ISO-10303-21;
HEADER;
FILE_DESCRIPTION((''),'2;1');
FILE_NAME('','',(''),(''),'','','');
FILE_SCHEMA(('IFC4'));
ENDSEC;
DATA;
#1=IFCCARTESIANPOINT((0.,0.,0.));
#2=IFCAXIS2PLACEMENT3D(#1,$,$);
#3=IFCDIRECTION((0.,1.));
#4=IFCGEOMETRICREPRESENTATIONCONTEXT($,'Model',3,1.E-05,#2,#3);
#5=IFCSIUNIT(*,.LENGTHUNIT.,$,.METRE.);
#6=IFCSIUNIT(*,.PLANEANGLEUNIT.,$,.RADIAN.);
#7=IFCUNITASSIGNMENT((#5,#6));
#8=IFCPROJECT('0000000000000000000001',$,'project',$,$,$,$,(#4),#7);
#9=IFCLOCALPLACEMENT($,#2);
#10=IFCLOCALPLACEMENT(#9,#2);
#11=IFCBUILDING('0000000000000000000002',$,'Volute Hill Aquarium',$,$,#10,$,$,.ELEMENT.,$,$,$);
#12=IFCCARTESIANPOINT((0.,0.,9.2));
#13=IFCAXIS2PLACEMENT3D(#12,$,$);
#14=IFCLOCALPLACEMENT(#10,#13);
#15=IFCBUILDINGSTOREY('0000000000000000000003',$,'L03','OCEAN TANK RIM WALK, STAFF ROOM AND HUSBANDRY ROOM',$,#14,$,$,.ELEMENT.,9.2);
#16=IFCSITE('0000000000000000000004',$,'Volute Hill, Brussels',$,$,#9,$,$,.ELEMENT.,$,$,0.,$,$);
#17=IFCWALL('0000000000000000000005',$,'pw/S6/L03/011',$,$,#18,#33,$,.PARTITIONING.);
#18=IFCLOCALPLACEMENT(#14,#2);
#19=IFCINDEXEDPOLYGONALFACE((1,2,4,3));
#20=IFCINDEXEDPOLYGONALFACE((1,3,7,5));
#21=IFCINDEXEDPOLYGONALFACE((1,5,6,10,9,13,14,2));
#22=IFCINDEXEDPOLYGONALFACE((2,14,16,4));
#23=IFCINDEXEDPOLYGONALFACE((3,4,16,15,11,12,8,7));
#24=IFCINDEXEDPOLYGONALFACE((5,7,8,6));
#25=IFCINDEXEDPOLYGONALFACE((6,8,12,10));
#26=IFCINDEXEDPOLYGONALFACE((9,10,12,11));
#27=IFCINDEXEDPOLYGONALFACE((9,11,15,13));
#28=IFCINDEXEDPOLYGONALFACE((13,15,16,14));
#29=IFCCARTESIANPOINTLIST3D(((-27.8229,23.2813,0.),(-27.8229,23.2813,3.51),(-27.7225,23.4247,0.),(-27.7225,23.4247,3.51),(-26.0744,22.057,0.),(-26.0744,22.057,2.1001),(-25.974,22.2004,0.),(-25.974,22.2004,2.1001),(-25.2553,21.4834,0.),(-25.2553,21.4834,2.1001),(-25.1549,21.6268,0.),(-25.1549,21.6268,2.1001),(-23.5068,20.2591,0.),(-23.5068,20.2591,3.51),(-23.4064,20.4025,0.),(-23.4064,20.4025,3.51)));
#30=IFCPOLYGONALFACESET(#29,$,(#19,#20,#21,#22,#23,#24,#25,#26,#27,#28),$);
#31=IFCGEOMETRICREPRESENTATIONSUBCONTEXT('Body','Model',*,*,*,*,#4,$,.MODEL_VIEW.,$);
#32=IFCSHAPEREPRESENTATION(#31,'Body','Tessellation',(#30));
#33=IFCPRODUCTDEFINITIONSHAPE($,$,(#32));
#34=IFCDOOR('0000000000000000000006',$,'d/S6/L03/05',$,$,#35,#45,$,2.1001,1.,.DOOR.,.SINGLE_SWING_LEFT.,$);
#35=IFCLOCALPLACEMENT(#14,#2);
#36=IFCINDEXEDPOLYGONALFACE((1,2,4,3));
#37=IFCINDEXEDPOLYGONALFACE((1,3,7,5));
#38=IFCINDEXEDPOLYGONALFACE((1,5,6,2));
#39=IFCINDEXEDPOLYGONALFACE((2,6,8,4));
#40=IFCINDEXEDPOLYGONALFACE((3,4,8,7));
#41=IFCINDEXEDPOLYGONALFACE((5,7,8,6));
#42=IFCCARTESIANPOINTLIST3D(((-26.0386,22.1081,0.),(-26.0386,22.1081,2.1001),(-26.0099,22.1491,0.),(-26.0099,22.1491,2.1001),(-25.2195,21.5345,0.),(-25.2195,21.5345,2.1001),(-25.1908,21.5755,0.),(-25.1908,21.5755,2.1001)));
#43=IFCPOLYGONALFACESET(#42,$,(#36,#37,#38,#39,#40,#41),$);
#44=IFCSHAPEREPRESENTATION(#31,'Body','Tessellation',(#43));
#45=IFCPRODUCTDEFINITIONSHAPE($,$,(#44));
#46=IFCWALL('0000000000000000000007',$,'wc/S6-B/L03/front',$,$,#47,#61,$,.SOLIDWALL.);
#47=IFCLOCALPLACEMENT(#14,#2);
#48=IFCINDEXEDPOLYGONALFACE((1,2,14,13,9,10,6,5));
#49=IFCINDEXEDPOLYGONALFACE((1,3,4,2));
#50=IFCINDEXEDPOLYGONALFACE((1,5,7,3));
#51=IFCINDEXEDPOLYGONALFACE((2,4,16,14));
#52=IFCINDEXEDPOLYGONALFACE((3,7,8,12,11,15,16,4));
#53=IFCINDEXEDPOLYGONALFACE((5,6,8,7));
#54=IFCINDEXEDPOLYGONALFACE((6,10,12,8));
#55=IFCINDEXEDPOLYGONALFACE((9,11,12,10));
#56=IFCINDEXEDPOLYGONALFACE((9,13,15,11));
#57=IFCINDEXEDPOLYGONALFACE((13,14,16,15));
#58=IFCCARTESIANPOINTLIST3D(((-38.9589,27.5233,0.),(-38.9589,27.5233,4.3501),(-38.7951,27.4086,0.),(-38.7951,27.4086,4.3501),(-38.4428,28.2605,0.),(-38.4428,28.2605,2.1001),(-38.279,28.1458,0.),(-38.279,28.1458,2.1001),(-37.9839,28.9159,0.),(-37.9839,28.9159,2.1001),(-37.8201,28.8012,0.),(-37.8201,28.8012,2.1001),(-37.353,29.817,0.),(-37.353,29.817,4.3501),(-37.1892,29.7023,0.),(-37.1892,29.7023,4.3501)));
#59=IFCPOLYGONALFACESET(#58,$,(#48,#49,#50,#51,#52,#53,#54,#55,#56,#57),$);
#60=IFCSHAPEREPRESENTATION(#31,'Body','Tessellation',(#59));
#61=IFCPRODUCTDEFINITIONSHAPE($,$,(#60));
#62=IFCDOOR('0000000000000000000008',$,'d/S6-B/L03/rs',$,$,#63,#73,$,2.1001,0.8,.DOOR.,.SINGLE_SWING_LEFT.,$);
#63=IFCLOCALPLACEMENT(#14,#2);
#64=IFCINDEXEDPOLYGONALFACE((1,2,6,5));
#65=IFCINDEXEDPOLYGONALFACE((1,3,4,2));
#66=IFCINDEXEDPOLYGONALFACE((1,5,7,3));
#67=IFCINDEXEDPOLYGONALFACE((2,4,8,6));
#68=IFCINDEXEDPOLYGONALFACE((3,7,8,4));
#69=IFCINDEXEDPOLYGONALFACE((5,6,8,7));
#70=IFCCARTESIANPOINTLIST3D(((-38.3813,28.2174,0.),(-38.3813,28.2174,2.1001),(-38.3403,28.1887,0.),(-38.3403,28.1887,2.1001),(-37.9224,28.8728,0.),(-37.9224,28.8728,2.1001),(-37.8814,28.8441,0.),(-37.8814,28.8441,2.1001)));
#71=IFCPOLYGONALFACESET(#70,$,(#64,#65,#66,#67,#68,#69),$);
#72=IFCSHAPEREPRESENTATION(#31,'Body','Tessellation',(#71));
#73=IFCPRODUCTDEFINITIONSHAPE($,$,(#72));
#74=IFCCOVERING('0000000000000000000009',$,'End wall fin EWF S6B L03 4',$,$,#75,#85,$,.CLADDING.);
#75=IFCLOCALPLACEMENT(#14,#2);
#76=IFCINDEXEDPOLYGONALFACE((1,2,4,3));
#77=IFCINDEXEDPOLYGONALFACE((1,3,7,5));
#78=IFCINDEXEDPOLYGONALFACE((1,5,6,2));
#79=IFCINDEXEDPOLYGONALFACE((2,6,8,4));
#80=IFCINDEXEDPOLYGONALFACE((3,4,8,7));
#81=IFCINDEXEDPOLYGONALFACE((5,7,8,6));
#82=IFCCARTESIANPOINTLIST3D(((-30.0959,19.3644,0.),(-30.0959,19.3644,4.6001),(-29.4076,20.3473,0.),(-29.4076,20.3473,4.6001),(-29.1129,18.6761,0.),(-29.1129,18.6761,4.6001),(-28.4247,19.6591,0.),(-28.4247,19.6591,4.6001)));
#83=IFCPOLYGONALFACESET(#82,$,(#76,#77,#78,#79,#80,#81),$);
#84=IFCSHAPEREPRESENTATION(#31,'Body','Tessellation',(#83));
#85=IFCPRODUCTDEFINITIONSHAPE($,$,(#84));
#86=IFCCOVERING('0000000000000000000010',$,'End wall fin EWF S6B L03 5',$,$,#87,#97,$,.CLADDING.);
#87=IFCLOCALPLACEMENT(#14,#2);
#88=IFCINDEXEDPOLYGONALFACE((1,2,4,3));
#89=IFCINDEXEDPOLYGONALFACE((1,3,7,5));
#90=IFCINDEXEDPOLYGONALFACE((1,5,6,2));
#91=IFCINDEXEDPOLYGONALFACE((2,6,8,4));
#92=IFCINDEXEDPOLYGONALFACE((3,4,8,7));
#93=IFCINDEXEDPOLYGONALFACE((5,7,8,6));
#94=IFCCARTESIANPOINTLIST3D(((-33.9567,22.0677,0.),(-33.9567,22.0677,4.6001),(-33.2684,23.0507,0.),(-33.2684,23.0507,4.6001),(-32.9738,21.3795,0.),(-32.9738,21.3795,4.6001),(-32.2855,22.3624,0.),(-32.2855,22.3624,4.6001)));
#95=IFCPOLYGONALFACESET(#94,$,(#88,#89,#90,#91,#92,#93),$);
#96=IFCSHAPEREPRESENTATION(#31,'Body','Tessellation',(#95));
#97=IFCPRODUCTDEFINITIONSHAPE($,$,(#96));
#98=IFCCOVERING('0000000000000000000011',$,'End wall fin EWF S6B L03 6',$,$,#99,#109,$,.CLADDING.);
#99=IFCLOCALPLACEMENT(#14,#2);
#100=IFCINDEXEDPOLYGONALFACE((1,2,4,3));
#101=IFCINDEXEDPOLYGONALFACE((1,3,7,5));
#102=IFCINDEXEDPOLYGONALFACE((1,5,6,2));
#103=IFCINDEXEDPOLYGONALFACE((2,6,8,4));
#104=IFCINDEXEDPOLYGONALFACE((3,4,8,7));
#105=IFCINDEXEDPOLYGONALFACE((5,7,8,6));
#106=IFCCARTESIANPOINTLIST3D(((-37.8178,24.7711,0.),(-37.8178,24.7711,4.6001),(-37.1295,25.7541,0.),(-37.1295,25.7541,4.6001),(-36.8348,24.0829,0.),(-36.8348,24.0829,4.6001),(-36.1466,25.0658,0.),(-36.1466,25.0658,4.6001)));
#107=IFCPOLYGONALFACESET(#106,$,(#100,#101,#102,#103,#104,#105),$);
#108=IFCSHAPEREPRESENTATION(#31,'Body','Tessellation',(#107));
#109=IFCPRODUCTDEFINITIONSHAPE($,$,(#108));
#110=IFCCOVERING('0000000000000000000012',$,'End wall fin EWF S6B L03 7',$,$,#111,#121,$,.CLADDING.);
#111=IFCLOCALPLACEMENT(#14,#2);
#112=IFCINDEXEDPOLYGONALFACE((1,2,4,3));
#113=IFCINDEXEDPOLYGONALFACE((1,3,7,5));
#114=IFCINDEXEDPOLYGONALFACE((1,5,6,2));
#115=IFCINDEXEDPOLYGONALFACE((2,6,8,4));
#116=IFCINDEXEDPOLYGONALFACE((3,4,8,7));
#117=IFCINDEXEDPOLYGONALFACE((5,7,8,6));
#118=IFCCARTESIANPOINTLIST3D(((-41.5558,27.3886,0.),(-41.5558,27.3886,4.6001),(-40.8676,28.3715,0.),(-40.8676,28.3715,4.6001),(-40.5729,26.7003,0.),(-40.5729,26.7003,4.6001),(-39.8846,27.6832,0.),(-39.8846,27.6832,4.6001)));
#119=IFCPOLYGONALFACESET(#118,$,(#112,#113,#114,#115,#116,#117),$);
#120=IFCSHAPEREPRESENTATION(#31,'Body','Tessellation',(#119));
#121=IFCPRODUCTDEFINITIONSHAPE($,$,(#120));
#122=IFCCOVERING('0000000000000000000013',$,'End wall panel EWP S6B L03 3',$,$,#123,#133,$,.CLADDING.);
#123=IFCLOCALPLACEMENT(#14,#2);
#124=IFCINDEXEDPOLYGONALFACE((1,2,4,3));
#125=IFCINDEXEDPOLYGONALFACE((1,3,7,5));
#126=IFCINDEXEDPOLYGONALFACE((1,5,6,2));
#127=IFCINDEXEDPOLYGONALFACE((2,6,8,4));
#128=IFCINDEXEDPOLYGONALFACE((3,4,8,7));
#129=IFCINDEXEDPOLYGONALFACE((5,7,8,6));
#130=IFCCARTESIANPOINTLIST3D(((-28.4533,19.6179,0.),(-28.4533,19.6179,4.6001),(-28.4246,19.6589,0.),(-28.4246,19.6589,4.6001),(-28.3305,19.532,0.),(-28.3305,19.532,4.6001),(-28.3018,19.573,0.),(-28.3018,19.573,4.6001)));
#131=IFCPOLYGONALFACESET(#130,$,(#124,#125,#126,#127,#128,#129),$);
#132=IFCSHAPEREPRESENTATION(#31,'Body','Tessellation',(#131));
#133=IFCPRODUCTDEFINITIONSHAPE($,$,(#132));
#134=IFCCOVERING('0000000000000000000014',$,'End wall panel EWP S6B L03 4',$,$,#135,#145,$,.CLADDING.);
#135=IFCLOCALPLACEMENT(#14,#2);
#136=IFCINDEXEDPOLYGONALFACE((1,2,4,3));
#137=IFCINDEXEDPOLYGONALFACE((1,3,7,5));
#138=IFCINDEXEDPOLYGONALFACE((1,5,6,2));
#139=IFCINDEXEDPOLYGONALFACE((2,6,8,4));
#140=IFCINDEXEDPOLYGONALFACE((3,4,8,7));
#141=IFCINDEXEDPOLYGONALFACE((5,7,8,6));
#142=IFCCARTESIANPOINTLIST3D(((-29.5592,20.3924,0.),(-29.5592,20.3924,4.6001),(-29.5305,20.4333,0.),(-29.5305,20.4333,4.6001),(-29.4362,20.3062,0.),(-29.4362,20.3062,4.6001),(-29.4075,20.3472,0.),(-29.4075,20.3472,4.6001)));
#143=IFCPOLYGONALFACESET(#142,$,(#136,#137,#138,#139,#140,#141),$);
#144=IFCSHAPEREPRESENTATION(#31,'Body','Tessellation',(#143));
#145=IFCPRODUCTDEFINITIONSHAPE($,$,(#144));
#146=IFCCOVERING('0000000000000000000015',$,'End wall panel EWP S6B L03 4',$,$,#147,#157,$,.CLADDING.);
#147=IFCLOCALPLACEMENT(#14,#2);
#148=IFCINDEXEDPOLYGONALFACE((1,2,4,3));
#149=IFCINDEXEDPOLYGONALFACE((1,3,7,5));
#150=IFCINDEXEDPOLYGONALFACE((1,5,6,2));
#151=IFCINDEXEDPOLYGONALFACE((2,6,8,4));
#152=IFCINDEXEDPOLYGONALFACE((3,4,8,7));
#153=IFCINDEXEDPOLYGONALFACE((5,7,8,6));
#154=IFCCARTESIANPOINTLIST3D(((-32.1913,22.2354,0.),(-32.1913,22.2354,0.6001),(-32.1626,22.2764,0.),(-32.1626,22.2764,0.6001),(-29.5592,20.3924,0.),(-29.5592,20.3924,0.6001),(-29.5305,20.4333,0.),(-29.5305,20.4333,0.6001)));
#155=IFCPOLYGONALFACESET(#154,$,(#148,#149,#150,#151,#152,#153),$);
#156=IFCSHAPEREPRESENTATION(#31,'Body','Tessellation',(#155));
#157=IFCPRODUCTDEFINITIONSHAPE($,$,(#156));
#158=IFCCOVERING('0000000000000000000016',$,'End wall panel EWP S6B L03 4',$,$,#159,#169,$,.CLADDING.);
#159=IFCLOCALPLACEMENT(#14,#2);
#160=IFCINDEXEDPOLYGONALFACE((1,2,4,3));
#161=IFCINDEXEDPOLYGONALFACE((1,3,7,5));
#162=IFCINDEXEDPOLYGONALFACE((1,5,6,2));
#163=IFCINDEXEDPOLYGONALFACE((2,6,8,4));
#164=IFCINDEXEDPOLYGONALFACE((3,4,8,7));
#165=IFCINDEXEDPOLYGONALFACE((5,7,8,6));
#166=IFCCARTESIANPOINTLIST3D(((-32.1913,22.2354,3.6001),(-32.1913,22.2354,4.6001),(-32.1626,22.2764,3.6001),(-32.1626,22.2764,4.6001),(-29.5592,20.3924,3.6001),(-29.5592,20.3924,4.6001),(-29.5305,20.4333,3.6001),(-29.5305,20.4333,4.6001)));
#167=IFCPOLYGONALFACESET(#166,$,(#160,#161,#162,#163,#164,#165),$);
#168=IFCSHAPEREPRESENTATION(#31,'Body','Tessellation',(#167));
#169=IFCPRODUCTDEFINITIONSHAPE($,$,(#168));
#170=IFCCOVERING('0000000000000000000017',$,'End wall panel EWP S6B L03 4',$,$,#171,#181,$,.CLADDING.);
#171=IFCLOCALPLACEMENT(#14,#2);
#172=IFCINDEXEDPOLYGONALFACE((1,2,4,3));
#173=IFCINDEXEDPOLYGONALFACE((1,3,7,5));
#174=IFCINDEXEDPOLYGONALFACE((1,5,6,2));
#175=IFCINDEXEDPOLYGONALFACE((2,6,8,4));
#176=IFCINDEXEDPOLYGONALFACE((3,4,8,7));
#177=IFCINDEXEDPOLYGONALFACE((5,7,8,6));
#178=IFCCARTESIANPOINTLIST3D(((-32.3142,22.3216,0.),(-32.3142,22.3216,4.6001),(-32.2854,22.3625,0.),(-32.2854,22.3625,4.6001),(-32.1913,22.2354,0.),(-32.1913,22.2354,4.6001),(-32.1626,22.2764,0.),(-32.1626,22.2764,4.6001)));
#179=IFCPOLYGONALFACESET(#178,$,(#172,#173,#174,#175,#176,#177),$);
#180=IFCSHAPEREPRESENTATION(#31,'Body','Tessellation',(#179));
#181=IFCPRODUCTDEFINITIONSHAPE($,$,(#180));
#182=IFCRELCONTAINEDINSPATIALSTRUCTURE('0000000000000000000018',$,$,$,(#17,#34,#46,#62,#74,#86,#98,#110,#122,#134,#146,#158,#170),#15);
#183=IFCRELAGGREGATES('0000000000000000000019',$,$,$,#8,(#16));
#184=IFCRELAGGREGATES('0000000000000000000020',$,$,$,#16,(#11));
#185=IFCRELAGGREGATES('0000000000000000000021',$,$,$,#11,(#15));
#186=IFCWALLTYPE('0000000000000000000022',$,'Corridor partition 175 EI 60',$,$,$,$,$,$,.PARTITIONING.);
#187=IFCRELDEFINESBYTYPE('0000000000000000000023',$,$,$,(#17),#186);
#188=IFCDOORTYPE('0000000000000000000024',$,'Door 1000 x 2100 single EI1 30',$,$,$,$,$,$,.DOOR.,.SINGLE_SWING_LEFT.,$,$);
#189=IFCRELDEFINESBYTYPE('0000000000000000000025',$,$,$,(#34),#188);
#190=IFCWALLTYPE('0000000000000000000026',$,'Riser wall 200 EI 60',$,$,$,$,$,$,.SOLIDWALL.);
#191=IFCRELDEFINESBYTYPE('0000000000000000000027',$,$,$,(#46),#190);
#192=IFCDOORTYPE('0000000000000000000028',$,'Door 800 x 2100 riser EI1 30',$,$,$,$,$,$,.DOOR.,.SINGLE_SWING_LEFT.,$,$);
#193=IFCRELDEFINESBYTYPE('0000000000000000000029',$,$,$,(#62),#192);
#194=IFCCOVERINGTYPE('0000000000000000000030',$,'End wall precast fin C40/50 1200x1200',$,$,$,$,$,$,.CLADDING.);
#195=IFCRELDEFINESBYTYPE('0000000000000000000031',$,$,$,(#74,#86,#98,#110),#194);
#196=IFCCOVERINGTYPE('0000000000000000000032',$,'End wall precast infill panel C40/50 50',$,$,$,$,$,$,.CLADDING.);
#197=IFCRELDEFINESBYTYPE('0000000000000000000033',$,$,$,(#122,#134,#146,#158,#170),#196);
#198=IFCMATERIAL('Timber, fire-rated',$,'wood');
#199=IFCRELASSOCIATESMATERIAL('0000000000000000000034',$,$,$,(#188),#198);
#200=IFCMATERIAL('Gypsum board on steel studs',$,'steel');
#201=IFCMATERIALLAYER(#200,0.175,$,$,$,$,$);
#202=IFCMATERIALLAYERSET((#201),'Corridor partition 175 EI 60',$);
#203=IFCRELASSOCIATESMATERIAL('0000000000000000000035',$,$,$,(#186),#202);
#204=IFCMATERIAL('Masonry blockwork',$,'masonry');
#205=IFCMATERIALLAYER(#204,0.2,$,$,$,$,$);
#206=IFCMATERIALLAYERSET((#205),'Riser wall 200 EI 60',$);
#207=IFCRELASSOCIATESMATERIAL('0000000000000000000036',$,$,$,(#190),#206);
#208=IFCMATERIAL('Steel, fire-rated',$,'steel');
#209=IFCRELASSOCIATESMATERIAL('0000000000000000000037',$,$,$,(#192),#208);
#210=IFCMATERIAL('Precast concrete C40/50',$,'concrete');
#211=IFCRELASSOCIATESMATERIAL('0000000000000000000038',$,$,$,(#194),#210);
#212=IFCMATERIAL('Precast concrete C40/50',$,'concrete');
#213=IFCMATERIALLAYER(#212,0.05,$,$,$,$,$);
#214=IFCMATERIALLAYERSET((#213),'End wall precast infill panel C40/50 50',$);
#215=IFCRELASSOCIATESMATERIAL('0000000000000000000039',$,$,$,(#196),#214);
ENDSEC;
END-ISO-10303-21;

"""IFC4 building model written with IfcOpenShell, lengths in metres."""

from ifc_helpers import new_model, si_unit, direction, frame, frame_2d, origin, origin_2d, place, context, subcontext, project, spatial, polyline, rectangle, outline, extrude, material, layer, layer_set, type_object, element, fill, save


model = new_model("IFC4")

# Units and contexts
model_context = context("Model", 3, precision=1e-05, world=origin(), true_north=direction((0.0, 1.0)))
body_context = subcontext(model_context, "Body", "Model", "MODEL_VIEW")
ifc_project = project(units=[si_unit("LENGTHUNIT", "METRE"), si_unit("PLANEANGLEUNIT", "RADIAN")], contexts=[model_context])

# Site, building, storey
site_placement = place(None, origin())
site = spatial("IfcSite", under=ifc_project, at=site_placement, Name="Volute Hill, Brussels", CompositionType="ELEMENT", RefElevation=0.0)
building_placement = place(site_placement, origin())
building = spatial("IfcBuilding", under=site, at=building_placement, Name="Volute Hill Aquarium", CompositionType="ELEMENT")
storey_placement = place(building_placement, frame((0.0, 0.0, 9.2)))
storey = spatial("IfcBuildingStorey", under=building, at=storey_placement, Name="L03", Description="OCEAN TANK RIM WALK, STAFF ROOM AND HUSBANDRY ROOM", CompositionType="ELEMENT", Elevation=9.2)

# Walls, openings, doors
ifc_material_1 = material(Name="Timber, fire-rated", Category="wood")
door_type_1 = type_object("IfcDoorType", Name="Door 1000 x 2100 single EI1 30", OperationType="SINGLE_SWING_LEFT", PredefinedType="DOOR", material=ifc_material_1)
ifc_material_2 = material(Name="Gypsum board on steel studs", Category="steel")
ifc_layer_1 = layer(ifc_material_2, 0.175)
ifc_layer_set_1 = layer_set([ifc_layer_1], Name="Corridor partition 175 EI 60")
wall_type_1 = type_object("IfcWallType", Name="Corridor partition 175 EI 60", PredefinedType="PARTITIONING", material=ifc_layer_set_1)
wall_1_placement = place(storey_placement, frame((-27.7727, 23.353, 0.0), z_axis=(0.0, 0.0, 1.0), x_axis=(0.819151, -0.573577, 0.0)))
wall_1 = element("IfcWall", 1, at=wall_1_placement, inside=storey, type_object=wall_type_1, Name="pw/S6/L03/011", PredefinedType="PARTITIONING", context=body_context, shape_type="SweptSolid", body=[
    extrude(rectangle(XDim=5.269, YDim=0.175, at=frame_2d((2.6345, 0.0))), origin(), (0.0, 0.0, 1.0), 3.51),
])
opening_1_placement = place(wall_1_placement, frame((2.1345, 0.0, 0.0)))
opening_1 = element("IfcOpeningElement", 2, at=opening_1_placement, cuts=wall_1, PredefinedType="OPENING", context=body_context, shape_type="SweptSolid", body=[
    extrude(rectangle(XDim=1.0, YDim=2.1001, at=frame_2d((0.5, 1.05))), frame((0.0, 0.0974, 0.0), z_axis=(0.0, -1.0, 0.0), x_axis=(1.0, 0.0, 0.0)), (0.0, 0.0, 1.0), 0.1951),
])
door_1_placement = place(opening_1_placement, origin())
door_1 = element("IfcDoor", 3, at=door_1_placement, inside=storey, type_object=door_type_1, Name="d/S6/L03/05", OperationType="SINGLE_SWING_LEFT", OverallHeight=2.1001, OverallWidth=1.0, PredefinedType="DOOR", context=body_context, shape_type="SweptSolid", body=[
    extrude(rectangle(XDim=1.0, YDim=2.1001, at=frame_2d((0.5, 1.05))), frame((0.0, 0.0249, 0.0), z_axis=(0.0, -1.0, 0.0), x_axis=(1.0, 0.0, 0.0)), (0.0, 0.0, 1.0), 0.05),
])
fill(opening_1, door_1)
ifc_material_3 = material(Name="Masonry blockwork", Category="masonry")
ifc_layer_2 = layer(ifc_material_3, 0.2)
ifc_layer_set_2 = layer_set([ifc_layer_2], Name="Riser wall 200 EI 60")
wall_type_2 = type_object("IfcWallType", Name="Riser wall 200 EI 60", PredefinedType="SOLIDWALL", material=ifc_layer_set_2)
wall_2_placement = place(storey_placement, frame((-38.877, 27.4661, 0.0), z_axis=(0.0, 0.0, 1.0), x_axis=(0.57355, 0.81917, 0.0)))
wall_2 = element("IfcWall", 4, at=wall_2_placement, inside=storey, type_object=wall_type_2, Name="wc/S6-B/L03/front", PredefinedType="SOLIDWALL", context=body_context, shape_type="SweptSolid", body=[
    extrude(rectangle(XDim=2.8, YDim=0.2, at=frame_2d((1.3999, 0.0))), origin(), (0.0, 0.0, 1.0), 4.3501),
])
opening_2_placement = place(wall_2_placement, frame((0.8999, 0.0, 0.0)))
opening_2 = element("IfcOpeningElement", 5, at=opening_2_placement, cuts=wall_2, PredefinedType="OPENING", context=body_context, shape_type="SweptSolid", body=[
    extrude(rectangle(XDim=0.8, YDim=2.1001, at=frame_2d((0.3999, 1.05))), frame((0.0, 0.1099, 0.0), z_axis=(0.0, -1.0, 0.0), x_axis=(1.0, 0.0, 0.0)), (0.0, 0.0, 1.0), 0.22),
])
ifc_material_4 = material(Name="Steel, fire-rated", Category="steel")
door_type_2 = type_object("IfcDoorType", Name="Door 800 x 2100 riser EI1 30", OperationType="SINGLE_SWING_LEFT", PredefinedType="DOOR", material=ifc_material_4)
door_2_placement = place(opening_2_placement, origin())
door_2 = element("IfcDoor", 6, at=door_2_placement, inside=storey, type_object=door_type_2, Name="d/S6-B/L03/rs", OperationType="SINGLE_SWING_LEFT", OverallHeight=2.1001, OverallWidth=0.8, PredefinedType="DOOR", context=body_context, shape_type="SweptSolid", body=[
    extrude(rectangle(XDim=0.8, YDim=2.1001, at=frame_2d((0.3999, 1.05))), frame((0.0, 0.0249, 0.0), z_axis=(0.0, -1.0, 0.0), x_axis=(1.0, 0.0, 0.0)), (0.0, 0.0, 1.0), 0.05),
])
fill(opening_2, door_2)

# Coverings
ifc_material_5 = material(Name="Precast concrete C40/50", Category="concrete")
covering_type_1 = type_object("IfcCoveringType", Name="End wall precast fin C40/50 1200x1200", PredefinedType="CLADDING", material=ifc_material_5)
for number, where, z_axis, x_axis, name in (
    (7, (-29.2603, 19.5117, 0.0), (0.0, 0.0, 1.0), (-0.819151, 0.573577, 0.0), "End wall fin EWF S6B L03 4"),
    (8, (-33.1211, 22.2151, 0.0), (0.0, 0.0, 1.0), (-0.819151, 0.573577, 0.0), "End wall fin EWF S6B L03 5"),
    (9, (-36.9822, 24.9185, 0.0), (0.0, 0.0, 1.0), (-0.819151, 0.573577, 0.0), "End wall fin EWF S6B L03 6"),
    (10, (-40.7202, 27.5359, 0.0), (0.0, 0.0, 1.0), (-0.819151, 0.573577, 0.0), "End wall fin EWF S6B L03 7"),
):
    element("IfcCovering", number, at=place(storey_placement, frame(where, z_axis=z_axis, x_axis=x_axis)), inside=storey, type_object=covering_type_1, Name=name, PredefinedType="CLADDING", context=body_context, shape_type="SweptSolid", body=[
        extrude(rectangle(XDim=1.2, YDim=1.2, at=origin_2d()), origin(), (0.0, 0.0, 1.0), 4.6001),
    ])
ifc_material_6 = material(Name="Precast concrete C40/50", Category="concrete")
ifc_layer_3 = layer(ifc_material_6, 0.05)
ifc_layer_set_3 = layer_set([ifc_layer_3], Name="End wall precast infill panel C40/50 50")
covering_type_2 = type_object("IfcCoveringType", Name="End wall precast infill panel C40/50 50", PredefinedType="CLADDING", material=ifc_layer_set_3)
covering_1_placement = place(storey_placement, frame((-28.3018, 19.573, 0.0), z_axis=(0.573353, 0.819308, 0.0), x_axis=(-0.819308, 0.573353, 0.0)))
element("IfcCovering", 11, at=covering_1_placement, inside=storey, type_object=covering_type_2, Name="End wall panel EWP S6B L03 3", PredefinedType="CLADDING", context=body_context, shape_type="SweptSolid", body=[
    extrude(outline(polyline([(0.0, 0.0), (0.1499, 0.0), (0.1499, 4.6001), (0.0, 4.6001), (0.0, 0.0)])), origin(), (0.0, 0.0, -1.0), 0.05),
])
covering_2_placement = place(storey_placement, frame((-29.4075, 20.3472, 0.0), z_axis=(0.57368, 0.819079, 0.0), x_axis=(-0.819079, 0.57368, 0.0)))
element("IfcCovering", 12, at=covering_2_placement, inside=storey, type_object=covering_type_2, Name="End wall panel EWP S6B L03 4", PredefinedType="CLADDING", context=body_context, shape_type="SweptSolid", body=[
    extrude(outline(polyline([(0.0, 0.0), (0.1502, 0.0), (0.1502, 4.6001), (0.0, 4.6001), (0.0, 0.0)])), origin(), (0.0, 0.0, -1.0), 0.05),
])
covering_3_placement = place(storey_placement, frame((-29.5305, 20.4333, 0.0), z_axis=(0.57358, 0.81915, 0.0), x_axis=(-0.81915, 0.57358, 0.0)))
element("IfcCovering", 13, at=covering_3_placement, inside=storey, type_object=covering_type_2, Name="End wall panel EWP S6B L03 4", PredefinedType="CLADDING", context=body_context, shape_type="SweptSolid", body=[
    extrude(outline(polyline([(0.0, 0.0), (3.2132, 0.0), (3.2132, 0.6001), (0.0, 0.6001), (0.0, 0.0)])), origin(), (0.0, 0.0, -1.0), 0.05),
])
covering_4_placement = place(storey_placement, frame((-29.5305, 20.4333, 3.6001), z_axis=(0.57358, 0.81915, 0.0), x_axis=(-0.81915, 0.57358, 0.0)))
element("IfcCovering", 14, at=covering_4_placement, inside=storey, type_object=covering_type_2, Name="End wall panel EWP S6B L03 4", PredefinedType="CLADDING", context=body_context, shape_type="SweptSolid", body=[
    extrude(outline(polyline([(0.0, 0.0), (3.2132, 0.0), (3.2132, 1.0), (0.0, 1.0), (0.0, 0.0)])), origin(), (0.0, 0.0, -1.0), 0.05),
])
covering_5_placement = place(storey_placement, frame((-32.1626, 22.2764, 0.0), z_axis=(0.574445, 0.818543, 0.0), x_axis=(-0.818543, 0.574445, 0.0)))
element("IfcCovering", 15, at=covering_5_placement, inside=storey, type_object=covering_type_2, Name="End wall panel EWP S6B L03 4", PredefinedType="CLADDING", context=body_context, shape_type="SweptSolid", body=[
    extrude(outline(polyline([(0.0, 0.0), (0.15, 0.0), (0.15, 4.6001), (0.0, 4.6001), (0.0, 0.0)])), origin(), (0.0, 0.0, -1.0), 0.05),
])

save(model, "model.ifc")
